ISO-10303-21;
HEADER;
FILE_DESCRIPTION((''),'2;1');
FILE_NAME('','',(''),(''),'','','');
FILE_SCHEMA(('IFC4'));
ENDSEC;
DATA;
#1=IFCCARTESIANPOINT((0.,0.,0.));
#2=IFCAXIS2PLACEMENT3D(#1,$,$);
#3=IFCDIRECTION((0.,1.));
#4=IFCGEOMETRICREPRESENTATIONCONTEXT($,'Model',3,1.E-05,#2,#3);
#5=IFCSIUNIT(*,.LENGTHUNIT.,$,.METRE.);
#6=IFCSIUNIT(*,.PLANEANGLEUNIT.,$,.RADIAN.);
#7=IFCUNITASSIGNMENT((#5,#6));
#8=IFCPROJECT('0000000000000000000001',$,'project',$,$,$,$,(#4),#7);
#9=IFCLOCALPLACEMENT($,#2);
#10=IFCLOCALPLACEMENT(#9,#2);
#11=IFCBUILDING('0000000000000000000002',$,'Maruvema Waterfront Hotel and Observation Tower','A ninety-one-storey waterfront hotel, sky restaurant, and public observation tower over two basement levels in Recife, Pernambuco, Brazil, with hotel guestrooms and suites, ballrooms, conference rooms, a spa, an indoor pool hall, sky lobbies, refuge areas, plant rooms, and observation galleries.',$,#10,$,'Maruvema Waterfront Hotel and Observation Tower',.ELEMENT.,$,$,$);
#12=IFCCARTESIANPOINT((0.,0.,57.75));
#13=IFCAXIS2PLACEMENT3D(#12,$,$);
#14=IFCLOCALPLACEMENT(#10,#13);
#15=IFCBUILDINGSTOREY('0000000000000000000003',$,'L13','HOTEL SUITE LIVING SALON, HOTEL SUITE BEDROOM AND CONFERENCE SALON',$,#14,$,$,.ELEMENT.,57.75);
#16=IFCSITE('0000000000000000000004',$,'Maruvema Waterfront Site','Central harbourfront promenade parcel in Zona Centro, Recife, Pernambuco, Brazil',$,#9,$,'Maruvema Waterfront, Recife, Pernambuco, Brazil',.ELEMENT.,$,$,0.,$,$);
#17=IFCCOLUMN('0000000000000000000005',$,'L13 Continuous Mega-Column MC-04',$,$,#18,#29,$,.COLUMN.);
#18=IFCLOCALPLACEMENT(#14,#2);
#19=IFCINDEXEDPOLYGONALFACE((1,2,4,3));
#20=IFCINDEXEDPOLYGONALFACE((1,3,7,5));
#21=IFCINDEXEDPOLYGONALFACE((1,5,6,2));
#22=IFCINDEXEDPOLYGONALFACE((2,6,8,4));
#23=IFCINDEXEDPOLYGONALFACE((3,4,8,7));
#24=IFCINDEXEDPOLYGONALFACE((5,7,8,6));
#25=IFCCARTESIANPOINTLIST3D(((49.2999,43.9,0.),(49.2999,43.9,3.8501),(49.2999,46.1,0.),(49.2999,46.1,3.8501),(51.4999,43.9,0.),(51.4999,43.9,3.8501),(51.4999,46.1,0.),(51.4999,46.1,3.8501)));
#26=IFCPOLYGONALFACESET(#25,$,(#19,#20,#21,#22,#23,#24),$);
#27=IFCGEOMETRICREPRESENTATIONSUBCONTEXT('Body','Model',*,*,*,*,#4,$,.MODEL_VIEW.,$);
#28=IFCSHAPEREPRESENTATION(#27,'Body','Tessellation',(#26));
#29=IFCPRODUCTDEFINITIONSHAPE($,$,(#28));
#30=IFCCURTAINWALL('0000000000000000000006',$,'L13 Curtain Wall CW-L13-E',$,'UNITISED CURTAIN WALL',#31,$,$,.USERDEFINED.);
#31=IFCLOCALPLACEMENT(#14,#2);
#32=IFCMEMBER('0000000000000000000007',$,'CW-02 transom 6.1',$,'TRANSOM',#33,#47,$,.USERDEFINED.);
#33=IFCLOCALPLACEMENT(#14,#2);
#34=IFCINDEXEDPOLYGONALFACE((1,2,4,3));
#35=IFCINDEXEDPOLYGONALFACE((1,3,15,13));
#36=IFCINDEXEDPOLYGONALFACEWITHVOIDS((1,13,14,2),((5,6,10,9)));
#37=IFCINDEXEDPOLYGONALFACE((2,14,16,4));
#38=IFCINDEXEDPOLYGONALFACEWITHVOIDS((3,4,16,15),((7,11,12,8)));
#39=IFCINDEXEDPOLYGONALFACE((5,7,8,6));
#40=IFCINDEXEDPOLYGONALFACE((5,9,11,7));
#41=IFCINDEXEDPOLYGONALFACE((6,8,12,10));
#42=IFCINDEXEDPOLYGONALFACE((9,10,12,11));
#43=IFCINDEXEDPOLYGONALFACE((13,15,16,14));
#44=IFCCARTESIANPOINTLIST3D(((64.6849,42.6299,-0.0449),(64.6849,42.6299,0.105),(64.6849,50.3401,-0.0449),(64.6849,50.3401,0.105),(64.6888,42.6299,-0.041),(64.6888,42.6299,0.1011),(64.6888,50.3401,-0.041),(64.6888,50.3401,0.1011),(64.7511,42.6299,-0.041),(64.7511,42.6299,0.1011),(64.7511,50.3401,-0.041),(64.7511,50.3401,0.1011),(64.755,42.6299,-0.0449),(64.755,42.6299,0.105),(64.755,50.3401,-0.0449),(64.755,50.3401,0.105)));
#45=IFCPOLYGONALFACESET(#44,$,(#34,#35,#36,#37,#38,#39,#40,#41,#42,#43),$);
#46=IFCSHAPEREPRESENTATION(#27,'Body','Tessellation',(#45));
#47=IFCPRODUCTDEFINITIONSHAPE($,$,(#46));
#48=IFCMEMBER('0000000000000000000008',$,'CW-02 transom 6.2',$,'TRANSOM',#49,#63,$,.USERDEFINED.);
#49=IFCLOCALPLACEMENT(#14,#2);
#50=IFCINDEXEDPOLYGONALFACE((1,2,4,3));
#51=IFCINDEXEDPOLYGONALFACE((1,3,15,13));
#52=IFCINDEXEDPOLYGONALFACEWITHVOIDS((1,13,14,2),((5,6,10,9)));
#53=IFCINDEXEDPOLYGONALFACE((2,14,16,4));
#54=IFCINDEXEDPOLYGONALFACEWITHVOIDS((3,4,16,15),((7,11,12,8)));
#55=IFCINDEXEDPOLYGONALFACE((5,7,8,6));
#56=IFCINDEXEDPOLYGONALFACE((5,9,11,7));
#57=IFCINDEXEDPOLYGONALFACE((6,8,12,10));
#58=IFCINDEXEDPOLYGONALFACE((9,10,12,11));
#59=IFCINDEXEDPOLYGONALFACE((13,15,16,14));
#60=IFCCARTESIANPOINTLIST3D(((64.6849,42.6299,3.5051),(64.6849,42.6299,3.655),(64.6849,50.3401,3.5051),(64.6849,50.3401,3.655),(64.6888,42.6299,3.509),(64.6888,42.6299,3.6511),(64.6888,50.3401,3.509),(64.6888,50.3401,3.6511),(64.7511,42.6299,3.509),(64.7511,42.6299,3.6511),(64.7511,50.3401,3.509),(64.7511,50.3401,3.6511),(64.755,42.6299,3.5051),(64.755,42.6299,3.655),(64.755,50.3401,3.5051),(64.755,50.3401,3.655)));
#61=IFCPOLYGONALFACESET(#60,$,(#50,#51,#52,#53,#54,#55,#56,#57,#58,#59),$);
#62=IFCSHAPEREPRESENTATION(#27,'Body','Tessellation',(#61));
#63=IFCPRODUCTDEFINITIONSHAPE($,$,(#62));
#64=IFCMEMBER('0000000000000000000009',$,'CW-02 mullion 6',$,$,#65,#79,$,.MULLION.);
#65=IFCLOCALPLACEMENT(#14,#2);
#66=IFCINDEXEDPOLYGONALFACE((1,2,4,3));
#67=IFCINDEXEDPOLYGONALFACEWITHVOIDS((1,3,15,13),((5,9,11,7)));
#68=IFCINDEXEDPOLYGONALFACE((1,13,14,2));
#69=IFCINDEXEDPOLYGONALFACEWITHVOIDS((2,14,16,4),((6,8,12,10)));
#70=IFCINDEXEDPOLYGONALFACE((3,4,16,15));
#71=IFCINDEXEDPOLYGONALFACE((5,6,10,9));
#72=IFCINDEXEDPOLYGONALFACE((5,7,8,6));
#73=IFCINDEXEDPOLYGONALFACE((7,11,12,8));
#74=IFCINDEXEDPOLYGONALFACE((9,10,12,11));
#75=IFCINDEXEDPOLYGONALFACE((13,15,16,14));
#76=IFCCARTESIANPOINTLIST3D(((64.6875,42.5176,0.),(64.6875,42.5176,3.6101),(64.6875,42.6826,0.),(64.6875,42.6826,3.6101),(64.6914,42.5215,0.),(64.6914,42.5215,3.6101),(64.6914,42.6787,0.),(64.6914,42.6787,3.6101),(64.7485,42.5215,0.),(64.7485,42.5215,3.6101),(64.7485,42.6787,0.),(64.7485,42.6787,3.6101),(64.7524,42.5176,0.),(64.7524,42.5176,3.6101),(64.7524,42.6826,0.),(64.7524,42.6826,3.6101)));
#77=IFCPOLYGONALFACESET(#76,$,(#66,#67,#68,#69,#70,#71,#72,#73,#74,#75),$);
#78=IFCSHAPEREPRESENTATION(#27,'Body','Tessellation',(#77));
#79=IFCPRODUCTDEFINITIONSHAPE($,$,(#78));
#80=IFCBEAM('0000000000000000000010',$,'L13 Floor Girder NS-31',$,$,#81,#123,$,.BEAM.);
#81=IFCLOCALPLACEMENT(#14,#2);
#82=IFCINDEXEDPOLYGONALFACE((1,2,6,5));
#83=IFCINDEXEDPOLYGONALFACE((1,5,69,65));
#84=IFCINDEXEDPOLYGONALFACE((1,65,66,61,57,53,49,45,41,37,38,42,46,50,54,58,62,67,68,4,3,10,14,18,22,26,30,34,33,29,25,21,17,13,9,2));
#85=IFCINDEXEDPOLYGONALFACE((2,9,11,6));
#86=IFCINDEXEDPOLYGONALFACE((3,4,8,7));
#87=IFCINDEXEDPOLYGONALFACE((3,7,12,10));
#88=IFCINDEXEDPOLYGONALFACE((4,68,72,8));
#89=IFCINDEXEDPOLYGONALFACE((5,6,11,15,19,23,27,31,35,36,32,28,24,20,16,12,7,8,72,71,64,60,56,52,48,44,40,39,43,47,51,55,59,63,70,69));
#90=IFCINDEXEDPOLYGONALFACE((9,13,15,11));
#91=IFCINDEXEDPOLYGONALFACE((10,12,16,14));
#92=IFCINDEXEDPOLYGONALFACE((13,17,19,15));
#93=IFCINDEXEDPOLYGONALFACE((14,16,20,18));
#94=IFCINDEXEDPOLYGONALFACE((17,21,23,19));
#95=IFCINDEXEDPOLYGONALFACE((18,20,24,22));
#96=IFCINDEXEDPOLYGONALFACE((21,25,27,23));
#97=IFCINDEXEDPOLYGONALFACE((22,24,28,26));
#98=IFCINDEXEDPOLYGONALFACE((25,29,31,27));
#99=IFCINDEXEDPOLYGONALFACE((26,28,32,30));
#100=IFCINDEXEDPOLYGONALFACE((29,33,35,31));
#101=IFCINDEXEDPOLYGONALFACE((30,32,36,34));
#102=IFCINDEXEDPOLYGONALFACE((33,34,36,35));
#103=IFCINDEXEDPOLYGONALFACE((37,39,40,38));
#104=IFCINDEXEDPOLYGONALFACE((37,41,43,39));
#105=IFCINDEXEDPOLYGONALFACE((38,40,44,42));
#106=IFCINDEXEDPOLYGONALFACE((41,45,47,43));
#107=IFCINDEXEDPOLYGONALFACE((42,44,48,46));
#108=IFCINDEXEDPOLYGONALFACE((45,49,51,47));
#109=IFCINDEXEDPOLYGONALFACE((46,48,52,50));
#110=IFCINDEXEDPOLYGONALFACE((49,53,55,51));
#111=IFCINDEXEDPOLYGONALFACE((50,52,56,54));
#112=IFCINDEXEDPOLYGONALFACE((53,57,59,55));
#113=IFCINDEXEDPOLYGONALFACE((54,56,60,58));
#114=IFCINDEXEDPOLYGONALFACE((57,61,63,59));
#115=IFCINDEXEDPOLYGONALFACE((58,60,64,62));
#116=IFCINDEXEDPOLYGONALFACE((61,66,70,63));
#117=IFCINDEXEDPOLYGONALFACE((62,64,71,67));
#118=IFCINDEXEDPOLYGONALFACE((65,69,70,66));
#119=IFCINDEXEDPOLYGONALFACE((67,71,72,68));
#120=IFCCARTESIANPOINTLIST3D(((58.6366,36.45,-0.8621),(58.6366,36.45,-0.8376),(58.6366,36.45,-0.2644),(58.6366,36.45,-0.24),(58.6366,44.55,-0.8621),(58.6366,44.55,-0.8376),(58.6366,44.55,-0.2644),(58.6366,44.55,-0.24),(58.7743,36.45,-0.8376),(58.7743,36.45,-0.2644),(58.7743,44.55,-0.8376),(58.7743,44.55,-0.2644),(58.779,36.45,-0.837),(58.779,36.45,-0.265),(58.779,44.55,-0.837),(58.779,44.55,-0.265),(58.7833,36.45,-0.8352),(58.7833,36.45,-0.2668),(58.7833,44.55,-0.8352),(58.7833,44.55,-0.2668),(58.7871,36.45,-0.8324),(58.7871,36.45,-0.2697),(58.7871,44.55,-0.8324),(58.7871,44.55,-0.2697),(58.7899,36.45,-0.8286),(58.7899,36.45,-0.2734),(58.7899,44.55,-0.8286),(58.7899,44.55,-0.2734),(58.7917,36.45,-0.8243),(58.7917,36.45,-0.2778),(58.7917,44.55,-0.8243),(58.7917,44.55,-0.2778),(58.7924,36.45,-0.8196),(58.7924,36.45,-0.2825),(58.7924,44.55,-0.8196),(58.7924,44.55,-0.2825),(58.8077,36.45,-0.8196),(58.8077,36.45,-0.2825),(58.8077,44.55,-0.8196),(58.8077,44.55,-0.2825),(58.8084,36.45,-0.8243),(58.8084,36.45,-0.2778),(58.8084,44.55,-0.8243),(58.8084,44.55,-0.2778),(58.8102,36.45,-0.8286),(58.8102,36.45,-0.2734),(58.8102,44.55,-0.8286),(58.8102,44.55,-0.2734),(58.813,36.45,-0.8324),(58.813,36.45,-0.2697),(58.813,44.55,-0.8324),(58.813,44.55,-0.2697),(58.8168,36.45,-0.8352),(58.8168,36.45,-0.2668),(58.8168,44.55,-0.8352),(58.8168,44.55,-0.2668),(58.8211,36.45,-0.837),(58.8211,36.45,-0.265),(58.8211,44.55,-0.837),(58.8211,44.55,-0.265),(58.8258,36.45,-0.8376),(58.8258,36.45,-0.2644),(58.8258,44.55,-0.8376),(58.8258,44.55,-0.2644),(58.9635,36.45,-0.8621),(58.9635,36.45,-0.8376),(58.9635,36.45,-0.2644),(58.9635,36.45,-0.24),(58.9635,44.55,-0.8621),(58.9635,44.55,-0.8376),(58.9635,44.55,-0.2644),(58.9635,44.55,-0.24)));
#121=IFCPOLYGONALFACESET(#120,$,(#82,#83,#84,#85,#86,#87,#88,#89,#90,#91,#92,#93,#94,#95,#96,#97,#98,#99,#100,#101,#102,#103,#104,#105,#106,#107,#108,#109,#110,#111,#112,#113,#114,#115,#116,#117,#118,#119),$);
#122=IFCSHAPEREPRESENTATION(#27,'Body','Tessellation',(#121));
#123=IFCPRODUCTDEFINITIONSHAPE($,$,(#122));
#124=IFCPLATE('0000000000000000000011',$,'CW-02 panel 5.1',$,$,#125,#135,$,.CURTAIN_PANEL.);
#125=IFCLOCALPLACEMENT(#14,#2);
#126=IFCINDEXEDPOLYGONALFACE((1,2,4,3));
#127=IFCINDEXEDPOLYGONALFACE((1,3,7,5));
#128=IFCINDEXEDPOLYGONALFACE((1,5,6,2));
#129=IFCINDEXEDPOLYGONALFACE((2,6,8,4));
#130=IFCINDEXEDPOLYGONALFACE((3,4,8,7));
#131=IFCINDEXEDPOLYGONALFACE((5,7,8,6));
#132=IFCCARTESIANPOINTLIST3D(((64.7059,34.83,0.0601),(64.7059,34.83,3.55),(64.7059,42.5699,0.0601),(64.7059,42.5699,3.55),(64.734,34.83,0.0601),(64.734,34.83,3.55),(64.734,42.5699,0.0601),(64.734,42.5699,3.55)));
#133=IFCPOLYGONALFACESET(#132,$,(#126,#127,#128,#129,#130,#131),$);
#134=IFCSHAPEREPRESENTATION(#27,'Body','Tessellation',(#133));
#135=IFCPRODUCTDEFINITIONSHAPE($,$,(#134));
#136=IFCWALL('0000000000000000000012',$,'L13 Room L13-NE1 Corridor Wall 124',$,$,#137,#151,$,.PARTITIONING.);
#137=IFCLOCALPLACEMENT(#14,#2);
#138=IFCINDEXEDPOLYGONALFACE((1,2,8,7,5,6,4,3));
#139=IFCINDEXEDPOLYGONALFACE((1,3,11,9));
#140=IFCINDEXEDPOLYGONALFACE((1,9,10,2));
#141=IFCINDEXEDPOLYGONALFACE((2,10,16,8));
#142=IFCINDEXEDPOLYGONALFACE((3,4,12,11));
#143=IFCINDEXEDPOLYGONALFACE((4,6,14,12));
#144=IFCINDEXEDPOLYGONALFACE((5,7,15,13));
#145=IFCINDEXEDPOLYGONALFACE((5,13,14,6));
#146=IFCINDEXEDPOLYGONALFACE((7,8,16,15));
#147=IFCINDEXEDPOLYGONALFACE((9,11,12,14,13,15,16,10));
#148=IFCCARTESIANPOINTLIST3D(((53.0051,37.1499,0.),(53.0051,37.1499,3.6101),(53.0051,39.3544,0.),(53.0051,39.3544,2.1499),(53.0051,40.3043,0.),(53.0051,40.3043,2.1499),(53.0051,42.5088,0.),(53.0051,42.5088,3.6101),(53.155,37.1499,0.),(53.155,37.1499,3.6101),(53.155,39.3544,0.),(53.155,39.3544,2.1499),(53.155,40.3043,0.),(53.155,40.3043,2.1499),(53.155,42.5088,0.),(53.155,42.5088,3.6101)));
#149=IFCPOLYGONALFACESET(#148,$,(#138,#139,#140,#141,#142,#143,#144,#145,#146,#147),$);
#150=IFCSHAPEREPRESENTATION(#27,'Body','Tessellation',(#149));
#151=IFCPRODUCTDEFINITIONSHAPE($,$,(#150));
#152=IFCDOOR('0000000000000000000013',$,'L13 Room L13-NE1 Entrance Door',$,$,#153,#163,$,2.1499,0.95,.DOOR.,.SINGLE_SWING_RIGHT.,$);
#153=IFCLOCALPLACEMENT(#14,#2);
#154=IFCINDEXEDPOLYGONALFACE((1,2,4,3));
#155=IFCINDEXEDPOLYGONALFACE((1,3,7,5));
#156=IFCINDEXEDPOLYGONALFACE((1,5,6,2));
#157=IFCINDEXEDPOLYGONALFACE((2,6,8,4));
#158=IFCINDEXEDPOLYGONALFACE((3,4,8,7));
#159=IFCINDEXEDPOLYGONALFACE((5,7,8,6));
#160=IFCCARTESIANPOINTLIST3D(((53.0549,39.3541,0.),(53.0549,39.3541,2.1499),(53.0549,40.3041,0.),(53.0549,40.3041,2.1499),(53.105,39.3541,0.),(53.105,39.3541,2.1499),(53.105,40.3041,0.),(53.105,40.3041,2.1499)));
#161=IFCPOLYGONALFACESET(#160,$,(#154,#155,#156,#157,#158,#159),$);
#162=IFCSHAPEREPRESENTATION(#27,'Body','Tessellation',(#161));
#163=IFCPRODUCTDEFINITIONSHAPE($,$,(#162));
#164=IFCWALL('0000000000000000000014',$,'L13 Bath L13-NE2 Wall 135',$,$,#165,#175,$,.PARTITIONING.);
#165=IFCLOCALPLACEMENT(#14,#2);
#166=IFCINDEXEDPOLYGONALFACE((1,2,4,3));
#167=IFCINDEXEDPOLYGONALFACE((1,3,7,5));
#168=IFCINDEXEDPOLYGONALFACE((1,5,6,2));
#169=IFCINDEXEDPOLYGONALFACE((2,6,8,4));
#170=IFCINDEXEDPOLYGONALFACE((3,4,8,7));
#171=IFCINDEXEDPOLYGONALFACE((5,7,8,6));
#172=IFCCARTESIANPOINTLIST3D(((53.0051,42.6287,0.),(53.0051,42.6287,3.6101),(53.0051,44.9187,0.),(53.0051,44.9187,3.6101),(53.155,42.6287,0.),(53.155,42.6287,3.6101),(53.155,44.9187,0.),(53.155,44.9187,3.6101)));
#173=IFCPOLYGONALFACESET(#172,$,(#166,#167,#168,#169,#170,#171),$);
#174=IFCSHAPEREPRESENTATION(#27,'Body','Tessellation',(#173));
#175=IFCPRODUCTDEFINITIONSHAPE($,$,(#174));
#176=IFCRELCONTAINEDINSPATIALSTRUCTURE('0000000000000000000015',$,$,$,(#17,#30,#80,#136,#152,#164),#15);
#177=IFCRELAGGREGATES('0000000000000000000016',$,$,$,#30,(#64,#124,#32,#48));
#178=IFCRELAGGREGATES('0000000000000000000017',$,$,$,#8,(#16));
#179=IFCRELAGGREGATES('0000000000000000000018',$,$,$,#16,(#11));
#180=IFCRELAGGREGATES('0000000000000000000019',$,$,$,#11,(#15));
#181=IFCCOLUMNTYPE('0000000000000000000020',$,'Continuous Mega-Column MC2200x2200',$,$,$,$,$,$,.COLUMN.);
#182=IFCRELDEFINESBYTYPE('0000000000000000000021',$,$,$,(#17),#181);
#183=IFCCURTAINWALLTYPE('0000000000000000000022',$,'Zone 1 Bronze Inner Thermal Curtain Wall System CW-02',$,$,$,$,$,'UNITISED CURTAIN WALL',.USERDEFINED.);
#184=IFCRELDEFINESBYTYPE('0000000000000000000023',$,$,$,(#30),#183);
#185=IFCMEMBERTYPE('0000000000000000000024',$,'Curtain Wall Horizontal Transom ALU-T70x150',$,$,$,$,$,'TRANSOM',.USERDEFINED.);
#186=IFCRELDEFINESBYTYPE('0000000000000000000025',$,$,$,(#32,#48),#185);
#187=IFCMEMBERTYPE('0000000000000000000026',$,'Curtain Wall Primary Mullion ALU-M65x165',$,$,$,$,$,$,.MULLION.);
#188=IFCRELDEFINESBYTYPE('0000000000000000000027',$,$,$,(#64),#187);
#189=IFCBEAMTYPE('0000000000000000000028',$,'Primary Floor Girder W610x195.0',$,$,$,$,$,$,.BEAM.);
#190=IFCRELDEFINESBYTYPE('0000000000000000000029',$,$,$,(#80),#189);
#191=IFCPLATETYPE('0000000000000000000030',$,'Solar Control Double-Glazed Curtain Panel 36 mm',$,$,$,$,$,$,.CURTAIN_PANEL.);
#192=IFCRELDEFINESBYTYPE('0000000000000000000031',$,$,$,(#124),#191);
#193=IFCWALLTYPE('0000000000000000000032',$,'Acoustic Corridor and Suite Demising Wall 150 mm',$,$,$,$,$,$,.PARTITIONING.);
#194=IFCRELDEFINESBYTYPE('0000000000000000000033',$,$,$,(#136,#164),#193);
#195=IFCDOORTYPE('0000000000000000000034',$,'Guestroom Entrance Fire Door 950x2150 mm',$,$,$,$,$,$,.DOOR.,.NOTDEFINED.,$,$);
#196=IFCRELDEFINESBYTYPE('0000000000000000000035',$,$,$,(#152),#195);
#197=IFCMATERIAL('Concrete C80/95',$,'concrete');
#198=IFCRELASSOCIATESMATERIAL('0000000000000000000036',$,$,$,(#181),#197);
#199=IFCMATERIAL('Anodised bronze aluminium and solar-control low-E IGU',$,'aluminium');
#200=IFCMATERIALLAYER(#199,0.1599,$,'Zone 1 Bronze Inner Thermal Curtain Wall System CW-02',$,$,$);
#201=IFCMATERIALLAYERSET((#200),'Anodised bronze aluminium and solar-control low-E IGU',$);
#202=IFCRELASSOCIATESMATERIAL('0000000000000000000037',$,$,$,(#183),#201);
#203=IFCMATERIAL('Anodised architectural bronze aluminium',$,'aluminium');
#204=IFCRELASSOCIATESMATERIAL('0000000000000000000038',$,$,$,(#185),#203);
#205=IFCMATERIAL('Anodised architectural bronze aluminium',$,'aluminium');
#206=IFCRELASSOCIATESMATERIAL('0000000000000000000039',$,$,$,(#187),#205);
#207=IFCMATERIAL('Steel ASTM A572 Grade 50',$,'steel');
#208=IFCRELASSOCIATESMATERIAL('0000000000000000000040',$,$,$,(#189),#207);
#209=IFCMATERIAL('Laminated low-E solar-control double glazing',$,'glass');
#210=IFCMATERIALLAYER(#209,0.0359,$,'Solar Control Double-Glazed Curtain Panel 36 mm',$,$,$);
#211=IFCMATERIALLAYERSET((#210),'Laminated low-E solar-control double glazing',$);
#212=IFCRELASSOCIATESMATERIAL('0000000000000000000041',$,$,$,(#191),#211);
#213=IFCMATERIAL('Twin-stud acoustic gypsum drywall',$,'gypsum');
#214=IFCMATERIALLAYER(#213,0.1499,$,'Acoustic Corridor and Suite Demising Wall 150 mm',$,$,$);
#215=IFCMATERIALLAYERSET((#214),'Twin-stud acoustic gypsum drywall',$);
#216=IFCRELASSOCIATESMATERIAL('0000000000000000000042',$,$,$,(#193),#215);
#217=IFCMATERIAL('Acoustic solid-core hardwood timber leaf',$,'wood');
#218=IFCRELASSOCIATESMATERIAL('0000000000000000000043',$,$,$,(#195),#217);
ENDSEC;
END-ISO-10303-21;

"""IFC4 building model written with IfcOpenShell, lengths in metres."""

from ifc_helpers import new_model, si_unit, direction, frame, frame_2d, origin, origin_2d, place, context, subcontext, project, spatial, rectangle, hollow_rectangle, i_section, extrude, material, layer, layer_set, material_profile, profile_set, type_object, element, fill, aggregate, save


model = new_model("IFC4")

# Units and contexts
model_context = context("Model", 3, precision=1e-05, world=origin(), true_north=direction((0.0, 1.0)))
body_context = subcontext(model_context, "Body", "Model", "MODEL_VIEW")
ifc_project = project(units=[si_unit("LENGTHUNIT", "METRE"), si_unit("PLANEANGLEUNIT", "RADIAN")], contexts=[model_context])

# Site, building, storey
site_placement = place(None, origin())
site = spatial("IfcSite", under=ifc_project, at=site_placement, Name="Maruvema Waterfront Site", Description="Central harbourfront promenade parcel in Zona Centro, Recife, Pernambuco, Brazil", LongName="Maruvema Waterfront, Recife, Pernambuco, Brazil", CompositionType="ELEMENT", RefElevation=0.0)
building_placement = place(site_placement, origin())
building = spatial("IfcBuilding", under=site, at=building_placement, Name="Maruvema Waterfront Hotel and Observation Tower", Description="A ninety-one-storey waterfront hotel, sky restaurant, and public observation tower over two basement levels in Recife, Pernambuco, Brazil, with hotel guestrooms and suites, ballrooms, conference rooms, a spa, an indoor pool hall, sky lobbies, refuge areas, plant rooms, and observation galleries.", LongName="Maruvema Waterfront Hotel and Observation Tower", CompositionType="ELEMENT")
storey_placement = place(building_placement, frame((0.0, 0.0, 57.75)))
storey = spatial("IfcBuildingStorey", under=building, at=storey_placement, Name="L13", Description="HOTEL SUITE LIVING SALON, HOTEL SUITE BEDROOM AND CONFERENCE SALON", CompositionType="ELEMENT", Elevation=57.75)

# Column
ifc_material_1 = material(Name="Concrete C80/95", Category="concrete")
ifc_material_profile_1 = material_profile(ifc_material_1, rectangle(XDim=2.2, YDim=2.2, at=origin_2d()), Name="MC2200x2200")
ifc_profile_set_1 = profile_set([ifc_material_profile_1], Name="Concrete C80/95")
column_type = type_object("IfcColumnType", Name="Continuous Mega-Column MC2200x2200", PredefinedType="COLUMN", material=ifc_profile_set_1)
column_placement = place(storey_placement, frame((50.3999, 45.0, 0.0), z_axis=(0.0, 0.0, 1.0), x_axis=(1.0, 0.0, 0.0)))
element("IfcColumn", 1, at=column_placement, inside=storey, type_object=column_type, Name="L13 Continuous Mega-Column MC-04", PredefinedType="COLUMN", context=body_context, shape_type="SweptSolid", body=[
    extrude(rectangle(XDim=2.2, YDim=2.2, at=origin_2d()), origin(), (0.0, 0.0, 1.0), 3.8501),
])

# Curtain wall, members
ifc_material_2 = material(Name="Anodised bronze aluminium and solar-control low-E IGU", Category="aluminium")
ifc_layer_1 = layer(ifc_material_2, 0.1599, Name="Zone 1 Bronze Inner Thermal Curtain Wall System CW-02")
ifc_layer_set_1 = layer_set([ifc_layer_1], Name="Anodised bronze aluminium and solar-control low-E IGU")
curtain_wall_type = type_object("IfcCurtainWallType", Name="Zone 1 Bronze Inner Thermal Curtain Wall System CW-02", ElementType="UNITISED CURTAIN WALL", PredefinedType="USERDEFINED", material=ifc_layer_set_1)
curtain_wall_placement = place(storey_placement, origin())
curtain_wall = element("IfcCurtainWall", 2, at=curtain_wall_placement, inside=storey, type_object=curtain_wall_type, Name="L13 Curtain Wall CW-L13-E", ObjectType="UNITISED CURTAIN WALL", PredefinedType="USERDEFINED")
ifc_material_3 = material(Name="Anodised architectural bronze aluminium", Category="aluminium")
ifc_material_profile_2 = material_profile(ifc_material_3, hollow_rectangle(XDim=0.0701, YDim=0.1499, WallThickness=0.0039, at=origin_2d()), Name="ALU-T70x150")
ifc_profile_set_2 = profile_set([ifc_material_profile_2], Name="Anodised architectural bronze aluminium")
member_type_1 = type_object("IfcMemberType", Name="Curtain Wall Horizontal Transom ALU-T70x150", ElementType="TRANSOM", PredefinedType="USERDEFINED", material=ifc_profile_set_2)
member_1_placement = place(storey_placement, frame((64.72, 42.6299, 0.03), z_axis=(0.0, 1.0, 0.0), x_axis=(-1.0, 0.0, 0.0)))
member_1 = element("IfcMember", 3, at=member_1_placement, type_object=member_type_1, Name="CW-02 transom 6.1", ObjectType="TRANSOM", PredefinedType="USERDEFINED", context=body_context, shape_type="SweptSolid", body=[
    extrude(hollow_rectangle(XDim=0.0701, YDim=0.1499, WallThickness=0.0039, at=origin_2d()), origin(), (0.0, 0.0, 1.0), 7.7102),
])
member_2_placement = place(storey_placement, frame((64.72, 42.6299, 3.5801), z_axis=(0.0, 1.0, 0.0), x_axis=(-1.0, 0.0, 0.0)))
member_2 = element("IfcMember", 4, at=member_2_placement, type_object=member_type_1, Name="CW-02 transom 6.2", ObjectType="TRANSOM", PredefinedType="USERDEFINED", context=body_context, shape_type="SweptSolid", body=[
    extrude(hollow_rectangle(XDim=0.0701, YDim=0.1499, WallThickness=0.0039, at=origin_2d()), origin(), (0.0, 0.0, 1.0), 7.7102),
])
ifc_material_4 = material(Name="Anodised architectural bronze aluminium", Category="aluminium")
ifc_material_profile_3 = material_profile(ifc_material_4, hollow_rectangle(XDim=0.0649, YDim=0.165, WallThickness=0.0039, at=origin_2d()), Name="ALU-M65x165")
ifc_profile_set_3 = profile_set([ifc_material_profile_3], Name="Anodised architectural bronze aluminium")
member_type_2 = type_object("IfcMemberType", Name="Curtain Wall Primary Mullion ALU-M65x165", PredefinedType="MULLION", material=ifc_profile_set_3)
member_3_placement = place(storey_placement, frame((64.72, 42.6001, 0.0), z_axis=(0.0, 0.0, 1.0), x_axis=(-1.0, 0.0, 0.0)))
member_3 = element("IfcMember", 5, at=member_3_placement, type_object=member_type_2, Name="CW-02 mullion 6", PredefinedType="MULLION", context=body_context, shape_type="SweptSolid", body=[
    extrude(hollow_rectangle(XDim=0.0649, YDim=0.165, WallThickness=0.0039, at=origin_2d()), origin(), (0.0, 0.0, 1.0), 3.6101),
])

# Beam
ifc_material_5 = material(Name="Steel ASTM A572 Grade 50", Category="steel")
ifc_material_profile_4 = material_profile(ifc_material_5, i_section(OverallWidth=0.3269, OverallDepth=0.6221, WebThickness=0.0154, FlangeThickness=0.0244, FilletRadius=0.0181, at=origin_2d()), Name="W610x195.0")
ifc_profile_set_4 = profile_set([ifc_material_profile_4], Name="Steel ASTM A572 Grade 50")
beam_type = type_object("IfcBeamType", Name="Primary Floor Girder W610x195.0", PredefinedType="BEAM", material=ifc_profile_set_4)
beam_placement = place(storey_placement, frame((58.8, 36.45, -0.551), z_axis=(0.0, 1.0, 0.0), x_axis=(-1.0, 0.0, 0.0)))
element("IfcBeam", 6, at=beam_placement, inside=storey, type_object=beam_type, Name="L13 Floor Girder NS-31", PredefinedType="BEAM", context=body_context, shape_type="SweptSolid", body=[
    extrude(i_section(OverallWidth=0.3269, OverallDepth=0.6221, WebThickness=0.0154, FlangeThickness=0.0244, FilletRadius=0.0181, at=origin_2d()), origin(), (0.0, 0.0, 1.0), 8.1001),
])

# Plate
ifc_material_6 = material(Name="Laminated low-E solar-control double glazing", Category="glass")
ifc_layer_2 = layer(ifc_material_6, 0.0359, Name="Solar Control Double-Glazed Curtain Panel 36 mm")
ifc_layer_set_2 = layer_set([ifc_layer_2], Name="Laminated low-E solar-control double glazing")
plate_type = type_object("IfcPlateType", Name="Solar Control Double-Glazed Curtain Panel 36 mm", PredefinedType="CURTAIN_PANEL", material=ifc_layer_set_2)
plate_placement = place(storey_placement, frame((64.72, 38.7, 0.0601), z_axis=(0.0, 0.0, 1.0), x_axis=(0.0, 1.0, 0.0)))
plate = element("IfcPlate", 7, at=plate_placement, type_object=plate_type, Name="CW-02 panel 5.1", PredefinedType="CURTAIN_PANEL", context=body_context, shape_type="SweptSolid", body=[
    extrude(rectangle(XDim=7.74, YDim=0.0281, at=origin_2d()), origin(), (0.0, 0.0, 1.0), 3.49),
])
aggregate(curtain_wall, [member_3, plate, member_1, member_2])

# Wall, opening, door
ifc_material_7 = material(Name="Twin-stud acoustic gypsum drywall", Category="gypsum")
ifc_layer_3 = layer(ifc_material_7, 0.1499, Name="Acoustic Corridor and Suite Demising Wall 150 mm")
ifc_layer_set_3 = layer_set([ifc_layer_3], Name="Twin-stud acoustic gypsum drywall")
wall_type_1 = type_object("IfcWallType", Name="Acoustic Corridor and Suite Demising Wall 150 mm", PredefinedType="PARTITIONING", material=ifc_layer_set_3)
wall_1_placement = place(storey_placement, frame((53.0801, 37.1499, 0.0), z_axis=(0.0, 0.0, 1.0), x_axis=(0.0, 1.0, 0.0)))
wall_1 = element("IfcWall", 8, at=wall_1_placement, inside=storey, type_object=wall_type_1, Name="L13 Room L13-NE1 Corridor Wall 124", PredefinedType="PARTITIONING", context=body_context, shape_type="SweptSolid", body=[
    extrude(rectangle(XDim=5.3589, YDim=0.1499, at=frame_2d((2.6794, 0.0))), origin(), (0.0, 0.0, 1.0), 3.6101),
])
opening_1_placement = place(wall_1_placement, frame((2.2043, 0.0, 0.0)))
opening_1 = element("IfcOpeningElement", 9, at=opening_1_placement, cuts=wall_1, PredefinedType="OPENING", context=body_context, shape_type="SweptSolid", body=[
    extrude(rectangle(XDim=0.95, YDim=2.1499, at=frame_2d((0.4751, 1.075))), frame((0.0, 0.085, 0.0), z_axis=(0.0, -1.0, 0.0), x_axis=(1.0, 0.0, 0.0)), (0.0, 0.0, 1.0), 0.1699),
])
ifc_material_8 = material(Name="Acoustic solid-core hardwood timber leaf", Category="wood")
door_type_1 = type_object("IfcDoorType", Name="Guestroom Entrance Fire Door 950x2150 mm", OperationType="NOTDEFINED", PredefinedType="DOOR", material=ifc_material_8)
door_1_placement = place(opening_1_placement, frame((0.95, 0.0, 0.0), z_axis=(0.0, 0.0, 1.0), x_axis=(-1.0, 0.0, 0.0)))
door_1 = element("IfcDoor", 10, at=door_1_placement, inside=storey, type_object=door_type_1, Name="L13 Room L13-NE1 Entrance Door", OperationType="SINGLE_SWING_RIGHT", OverallHeight=2.1499, OverallWidth=0.95, PredefinedType="DOOR", context=body_context, shape_type="SweptSolid", body=[
    extrude(rectangle(XDim=0.95, YDim=2.1499, at=frame_2d((0.4751, 1.075))), frame((0.0, 0.0249, 0.0), z_axis=(0.0, -1.0, 0.0), x_axis=(1.0, 0.0, 0.0)), (0.0, 0.0, 1.0), 0.05),
])
fill(opening_1, door_1)

# Wall
wall_2_placement = place(storey_placement, frame((53.0801, 42.6287, 0.0), z_axis=(0.0, 0.0, 1.0), x_axis=(0.0, 1.0, 0.0)))
element("IfcWall", 11, at=wall_2_placement, inside=storey, type_object=wall_type_1, Name="L13 Bath L13-NE2 Wall 135", PredefinedType="PARTITIONING", context=body_context, shape_type="SweptSolid", body=[
    extrude(rectangle(XDim=2.29, YDim=0.1499, at=frame_2d((1.145, 0.0))), origin(), (0.0, 0.0, 1.0), 3.6101),
])

save(model, "model.ifc")
